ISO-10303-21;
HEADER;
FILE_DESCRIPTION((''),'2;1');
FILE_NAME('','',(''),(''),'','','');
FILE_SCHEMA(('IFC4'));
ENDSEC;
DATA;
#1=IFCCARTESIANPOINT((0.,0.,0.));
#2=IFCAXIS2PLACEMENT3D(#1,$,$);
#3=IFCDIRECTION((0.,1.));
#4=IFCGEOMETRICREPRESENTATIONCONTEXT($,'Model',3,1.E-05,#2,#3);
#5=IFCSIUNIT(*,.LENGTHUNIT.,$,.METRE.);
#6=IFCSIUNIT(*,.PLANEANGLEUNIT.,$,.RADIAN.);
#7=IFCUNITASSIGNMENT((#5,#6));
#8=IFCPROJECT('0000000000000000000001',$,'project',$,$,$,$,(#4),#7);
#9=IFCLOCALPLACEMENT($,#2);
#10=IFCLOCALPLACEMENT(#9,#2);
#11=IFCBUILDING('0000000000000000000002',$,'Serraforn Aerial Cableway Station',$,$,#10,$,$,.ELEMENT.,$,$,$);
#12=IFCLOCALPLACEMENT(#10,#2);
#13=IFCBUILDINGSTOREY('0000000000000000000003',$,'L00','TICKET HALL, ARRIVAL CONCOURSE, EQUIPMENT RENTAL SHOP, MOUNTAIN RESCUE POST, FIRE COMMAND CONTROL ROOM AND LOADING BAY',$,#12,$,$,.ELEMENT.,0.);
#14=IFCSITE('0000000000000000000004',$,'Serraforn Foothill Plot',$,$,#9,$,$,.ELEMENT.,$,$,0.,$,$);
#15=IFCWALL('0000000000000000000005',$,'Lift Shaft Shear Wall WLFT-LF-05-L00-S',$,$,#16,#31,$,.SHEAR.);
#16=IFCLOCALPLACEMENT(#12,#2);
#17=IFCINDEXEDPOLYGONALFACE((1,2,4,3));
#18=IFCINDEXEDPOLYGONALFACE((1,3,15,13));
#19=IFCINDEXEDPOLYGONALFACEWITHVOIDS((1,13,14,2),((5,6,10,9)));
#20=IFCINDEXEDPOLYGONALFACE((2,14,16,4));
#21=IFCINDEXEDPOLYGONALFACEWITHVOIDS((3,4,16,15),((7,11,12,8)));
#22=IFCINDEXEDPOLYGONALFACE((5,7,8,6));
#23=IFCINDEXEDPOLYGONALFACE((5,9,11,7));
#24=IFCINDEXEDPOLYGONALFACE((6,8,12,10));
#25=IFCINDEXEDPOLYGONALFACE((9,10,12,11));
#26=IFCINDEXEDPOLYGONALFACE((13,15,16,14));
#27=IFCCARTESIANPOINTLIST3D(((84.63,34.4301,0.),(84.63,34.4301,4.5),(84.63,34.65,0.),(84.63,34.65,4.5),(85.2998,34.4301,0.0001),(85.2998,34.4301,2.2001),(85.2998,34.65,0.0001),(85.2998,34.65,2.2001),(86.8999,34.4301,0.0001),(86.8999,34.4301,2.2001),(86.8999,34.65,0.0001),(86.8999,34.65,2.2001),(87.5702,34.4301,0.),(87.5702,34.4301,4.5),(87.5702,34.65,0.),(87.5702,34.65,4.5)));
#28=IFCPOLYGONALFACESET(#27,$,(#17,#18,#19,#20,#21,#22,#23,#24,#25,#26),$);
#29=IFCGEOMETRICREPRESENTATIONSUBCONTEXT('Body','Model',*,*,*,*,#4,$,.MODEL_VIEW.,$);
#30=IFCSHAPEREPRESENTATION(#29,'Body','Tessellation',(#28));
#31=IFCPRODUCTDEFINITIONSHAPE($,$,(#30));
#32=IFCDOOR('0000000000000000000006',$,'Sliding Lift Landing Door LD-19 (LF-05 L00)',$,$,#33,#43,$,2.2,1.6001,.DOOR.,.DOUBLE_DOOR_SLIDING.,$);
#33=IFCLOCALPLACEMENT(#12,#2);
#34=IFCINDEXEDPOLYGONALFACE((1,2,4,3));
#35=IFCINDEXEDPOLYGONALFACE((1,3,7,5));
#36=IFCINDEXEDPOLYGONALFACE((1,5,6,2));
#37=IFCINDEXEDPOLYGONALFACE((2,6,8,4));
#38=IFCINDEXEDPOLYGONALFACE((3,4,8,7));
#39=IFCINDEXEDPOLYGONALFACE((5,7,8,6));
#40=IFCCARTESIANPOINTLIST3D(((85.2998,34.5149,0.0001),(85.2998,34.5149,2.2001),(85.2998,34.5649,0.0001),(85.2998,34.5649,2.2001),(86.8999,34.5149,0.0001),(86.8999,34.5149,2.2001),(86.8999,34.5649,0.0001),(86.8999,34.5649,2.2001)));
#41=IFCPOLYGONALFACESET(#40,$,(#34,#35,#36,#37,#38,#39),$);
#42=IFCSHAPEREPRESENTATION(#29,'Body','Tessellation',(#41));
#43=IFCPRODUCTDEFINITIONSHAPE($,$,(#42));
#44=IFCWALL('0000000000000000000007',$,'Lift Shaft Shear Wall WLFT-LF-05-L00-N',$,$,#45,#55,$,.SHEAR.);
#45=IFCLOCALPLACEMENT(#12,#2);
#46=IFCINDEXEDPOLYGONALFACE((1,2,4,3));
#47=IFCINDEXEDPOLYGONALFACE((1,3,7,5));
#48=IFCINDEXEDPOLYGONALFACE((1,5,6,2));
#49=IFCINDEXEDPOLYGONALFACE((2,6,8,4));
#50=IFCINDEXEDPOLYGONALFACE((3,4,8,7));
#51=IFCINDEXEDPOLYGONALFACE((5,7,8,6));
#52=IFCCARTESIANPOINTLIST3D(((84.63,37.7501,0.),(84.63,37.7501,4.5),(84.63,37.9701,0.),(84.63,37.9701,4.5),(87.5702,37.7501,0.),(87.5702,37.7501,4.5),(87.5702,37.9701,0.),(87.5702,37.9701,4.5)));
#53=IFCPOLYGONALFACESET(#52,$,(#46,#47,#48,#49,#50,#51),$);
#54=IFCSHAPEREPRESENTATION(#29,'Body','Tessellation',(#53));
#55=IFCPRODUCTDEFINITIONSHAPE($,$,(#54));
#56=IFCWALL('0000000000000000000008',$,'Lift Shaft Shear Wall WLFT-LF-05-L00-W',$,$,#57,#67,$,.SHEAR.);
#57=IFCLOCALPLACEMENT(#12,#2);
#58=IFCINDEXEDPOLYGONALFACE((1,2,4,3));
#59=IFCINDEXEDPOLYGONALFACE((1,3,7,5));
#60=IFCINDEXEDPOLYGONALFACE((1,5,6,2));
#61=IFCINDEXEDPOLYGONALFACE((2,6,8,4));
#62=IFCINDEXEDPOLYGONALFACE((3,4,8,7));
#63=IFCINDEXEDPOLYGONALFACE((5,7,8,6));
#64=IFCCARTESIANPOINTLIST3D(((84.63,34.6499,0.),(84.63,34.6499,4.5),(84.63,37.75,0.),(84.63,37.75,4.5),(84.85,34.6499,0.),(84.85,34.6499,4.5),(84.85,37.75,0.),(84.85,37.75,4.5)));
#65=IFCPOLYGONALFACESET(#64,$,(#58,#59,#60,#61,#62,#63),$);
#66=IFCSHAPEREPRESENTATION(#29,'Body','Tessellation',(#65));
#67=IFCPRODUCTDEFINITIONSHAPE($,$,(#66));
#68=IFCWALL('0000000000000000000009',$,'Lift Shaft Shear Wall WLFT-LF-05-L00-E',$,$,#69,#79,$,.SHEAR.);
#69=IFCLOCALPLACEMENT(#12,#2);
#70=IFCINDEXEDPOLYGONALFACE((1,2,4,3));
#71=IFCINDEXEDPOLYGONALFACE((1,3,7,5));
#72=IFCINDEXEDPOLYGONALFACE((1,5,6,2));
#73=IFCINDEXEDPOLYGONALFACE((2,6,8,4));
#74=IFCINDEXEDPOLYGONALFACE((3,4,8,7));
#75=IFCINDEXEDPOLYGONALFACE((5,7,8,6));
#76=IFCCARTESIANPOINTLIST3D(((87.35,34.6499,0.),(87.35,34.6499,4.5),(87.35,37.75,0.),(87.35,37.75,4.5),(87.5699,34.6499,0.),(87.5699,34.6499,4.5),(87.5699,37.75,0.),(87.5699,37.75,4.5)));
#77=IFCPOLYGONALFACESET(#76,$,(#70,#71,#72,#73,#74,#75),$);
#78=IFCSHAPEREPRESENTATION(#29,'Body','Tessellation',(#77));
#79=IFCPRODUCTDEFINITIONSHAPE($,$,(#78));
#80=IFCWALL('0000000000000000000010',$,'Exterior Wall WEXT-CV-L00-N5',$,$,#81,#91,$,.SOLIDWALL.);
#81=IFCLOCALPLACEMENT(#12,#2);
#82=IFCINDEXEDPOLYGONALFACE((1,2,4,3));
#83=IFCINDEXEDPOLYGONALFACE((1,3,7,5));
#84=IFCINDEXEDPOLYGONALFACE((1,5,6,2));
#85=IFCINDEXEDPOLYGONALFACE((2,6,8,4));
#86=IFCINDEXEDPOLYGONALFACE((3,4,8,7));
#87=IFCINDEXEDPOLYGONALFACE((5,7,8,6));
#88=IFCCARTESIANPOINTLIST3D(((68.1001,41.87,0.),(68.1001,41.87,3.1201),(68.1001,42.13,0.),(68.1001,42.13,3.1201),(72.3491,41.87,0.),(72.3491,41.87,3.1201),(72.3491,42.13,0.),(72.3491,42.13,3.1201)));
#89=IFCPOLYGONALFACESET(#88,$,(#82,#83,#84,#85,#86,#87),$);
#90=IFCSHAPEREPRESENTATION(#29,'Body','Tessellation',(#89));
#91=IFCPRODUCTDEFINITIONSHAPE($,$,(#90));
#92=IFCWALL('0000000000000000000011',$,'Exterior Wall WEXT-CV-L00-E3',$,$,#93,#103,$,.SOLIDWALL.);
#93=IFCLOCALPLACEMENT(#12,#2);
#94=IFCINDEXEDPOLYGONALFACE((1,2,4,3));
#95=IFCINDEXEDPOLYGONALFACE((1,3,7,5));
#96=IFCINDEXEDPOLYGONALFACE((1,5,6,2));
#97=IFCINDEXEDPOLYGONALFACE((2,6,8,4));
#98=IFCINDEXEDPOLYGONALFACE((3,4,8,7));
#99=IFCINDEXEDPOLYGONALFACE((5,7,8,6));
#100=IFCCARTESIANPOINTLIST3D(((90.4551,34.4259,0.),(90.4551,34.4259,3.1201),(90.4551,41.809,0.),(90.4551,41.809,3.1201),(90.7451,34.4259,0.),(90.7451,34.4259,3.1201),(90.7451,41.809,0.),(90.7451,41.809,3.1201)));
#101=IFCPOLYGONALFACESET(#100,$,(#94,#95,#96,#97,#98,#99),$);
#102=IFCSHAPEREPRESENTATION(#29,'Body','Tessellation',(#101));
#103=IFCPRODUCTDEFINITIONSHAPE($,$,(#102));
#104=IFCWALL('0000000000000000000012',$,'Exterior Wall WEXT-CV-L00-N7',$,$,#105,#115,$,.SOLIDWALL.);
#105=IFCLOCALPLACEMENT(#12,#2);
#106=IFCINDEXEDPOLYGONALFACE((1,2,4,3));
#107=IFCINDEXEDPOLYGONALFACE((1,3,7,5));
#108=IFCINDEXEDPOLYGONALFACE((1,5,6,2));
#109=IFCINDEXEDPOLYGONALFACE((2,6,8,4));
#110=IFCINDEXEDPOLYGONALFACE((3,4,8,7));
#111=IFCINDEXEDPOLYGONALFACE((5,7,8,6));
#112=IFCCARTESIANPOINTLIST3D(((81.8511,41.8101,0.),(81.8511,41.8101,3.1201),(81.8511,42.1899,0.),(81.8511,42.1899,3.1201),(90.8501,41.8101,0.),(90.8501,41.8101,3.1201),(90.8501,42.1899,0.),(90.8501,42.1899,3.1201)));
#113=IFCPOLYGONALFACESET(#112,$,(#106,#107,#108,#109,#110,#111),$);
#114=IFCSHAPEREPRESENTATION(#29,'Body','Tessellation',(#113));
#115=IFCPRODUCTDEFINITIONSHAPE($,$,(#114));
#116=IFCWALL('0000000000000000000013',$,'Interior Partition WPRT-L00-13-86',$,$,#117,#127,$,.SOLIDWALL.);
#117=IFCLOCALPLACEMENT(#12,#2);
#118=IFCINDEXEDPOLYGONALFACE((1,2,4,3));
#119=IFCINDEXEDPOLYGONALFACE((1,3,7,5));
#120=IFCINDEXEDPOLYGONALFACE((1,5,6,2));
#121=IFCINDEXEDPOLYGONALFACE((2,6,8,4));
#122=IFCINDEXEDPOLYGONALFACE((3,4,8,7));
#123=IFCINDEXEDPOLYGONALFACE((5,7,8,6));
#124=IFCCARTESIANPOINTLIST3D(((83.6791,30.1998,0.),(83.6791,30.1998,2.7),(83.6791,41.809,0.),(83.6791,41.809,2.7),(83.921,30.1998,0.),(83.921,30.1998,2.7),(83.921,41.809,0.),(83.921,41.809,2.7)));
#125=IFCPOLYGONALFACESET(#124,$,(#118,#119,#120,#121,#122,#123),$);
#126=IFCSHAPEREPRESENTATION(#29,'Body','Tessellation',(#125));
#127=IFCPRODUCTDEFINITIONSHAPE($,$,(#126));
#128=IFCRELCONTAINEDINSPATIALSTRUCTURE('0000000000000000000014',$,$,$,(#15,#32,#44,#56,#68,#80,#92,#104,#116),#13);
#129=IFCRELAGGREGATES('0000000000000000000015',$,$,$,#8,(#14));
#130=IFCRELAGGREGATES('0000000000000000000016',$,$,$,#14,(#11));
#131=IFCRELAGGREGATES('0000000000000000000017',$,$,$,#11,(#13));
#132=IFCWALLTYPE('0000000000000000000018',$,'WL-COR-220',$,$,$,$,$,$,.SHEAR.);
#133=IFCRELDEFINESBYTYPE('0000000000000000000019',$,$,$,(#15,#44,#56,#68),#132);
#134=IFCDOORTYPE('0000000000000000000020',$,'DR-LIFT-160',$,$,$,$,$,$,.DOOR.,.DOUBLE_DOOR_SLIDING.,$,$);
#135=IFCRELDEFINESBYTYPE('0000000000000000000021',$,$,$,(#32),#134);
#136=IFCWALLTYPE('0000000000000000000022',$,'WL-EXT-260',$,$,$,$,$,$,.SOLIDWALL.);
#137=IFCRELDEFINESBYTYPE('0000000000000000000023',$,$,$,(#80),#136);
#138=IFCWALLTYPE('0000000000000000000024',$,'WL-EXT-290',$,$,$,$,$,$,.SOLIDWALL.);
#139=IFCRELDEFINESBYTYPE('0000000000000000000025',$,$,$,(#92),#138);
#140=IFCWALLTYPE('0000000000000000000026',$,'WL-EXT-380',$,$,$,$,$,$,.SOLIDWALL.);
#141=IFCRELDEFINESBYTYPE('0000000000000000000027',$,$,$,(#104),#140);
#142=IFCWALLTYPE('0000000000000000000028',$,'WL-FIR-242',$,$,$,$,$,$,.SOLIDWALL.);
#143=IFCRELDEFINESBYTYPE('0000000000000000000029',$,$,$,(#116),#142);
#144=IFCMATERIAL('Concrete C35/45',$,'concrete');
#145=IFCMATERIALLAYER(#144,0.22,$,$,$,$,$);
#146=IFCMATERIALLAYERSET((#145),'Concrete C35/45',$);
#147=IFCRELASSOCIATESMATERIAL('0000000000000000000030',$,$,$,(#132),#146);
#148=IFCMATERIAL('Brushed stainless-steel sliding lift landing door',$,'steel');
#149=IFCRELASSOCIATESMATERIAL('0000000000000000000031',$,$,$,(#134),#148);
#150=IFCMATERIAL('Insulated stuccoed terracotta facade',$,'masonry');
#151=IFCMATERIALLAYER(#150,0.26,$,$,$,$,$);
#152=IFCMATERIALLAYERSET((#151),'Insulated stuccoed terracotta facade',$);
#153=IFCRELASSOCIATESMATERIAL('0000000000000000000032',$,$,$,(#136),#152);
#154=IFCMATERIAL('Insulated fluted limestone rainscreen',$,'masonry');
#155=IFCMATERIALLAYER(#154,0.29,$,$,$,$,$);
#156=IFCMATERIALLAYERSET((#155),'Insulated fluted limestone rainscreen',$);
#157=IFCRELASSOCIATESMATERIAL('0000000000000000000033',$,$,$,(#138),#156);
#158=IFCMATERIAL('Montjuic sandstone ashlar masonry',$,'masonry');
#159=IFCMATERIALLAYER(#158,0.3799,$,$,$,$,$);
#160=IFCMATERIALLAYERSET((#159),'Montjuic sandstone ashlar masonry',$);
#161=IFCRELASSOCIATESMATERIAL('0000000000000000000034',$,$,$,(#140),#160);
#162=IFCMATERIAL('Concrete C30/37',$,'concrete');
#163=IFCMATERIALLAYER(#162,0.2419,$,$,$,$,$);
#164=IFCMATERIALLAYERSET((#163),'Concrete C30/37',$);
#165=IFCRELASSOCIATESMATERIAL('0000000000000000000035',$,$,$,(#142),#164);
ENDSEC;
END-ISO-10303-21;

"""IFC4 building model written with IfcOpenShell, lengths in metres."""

from ifc_helpers import new_model, si_unit, direction, frame, frame_2d, origin, place, context, subcontext, project, spatial, rectangle, extrude, material, layer, layer_set, type_object, element, fill, save


model = new_model("IFC4")

# Units and contexts
model_context = context("Model", 3, precision=1e-05, world=origin(), true_north=direction((0.0, 1.0)))
body_context = subcontext(model_context, "Body", "Model", "MODEL_VIEW")
ifc_project = project(units=[si_unit("LENGTHUNIT", "METRE"), si_unit("PLANEANGLEUNIT", "RADIAN")], contexts=[model_context])

# Site, building, storey
site_placement = place(None, origin())
site = spatial("IfcSite", under=ifc_project, at=site_placement, Name="Serraforn Foothill Plot", CompositionType="ELEMENT", RefElevation=0.0)
building_placement = place(site_placement, origin())
building = spatial("IfcBuilding", under=site, at=building_placement, Name="Serraforn Aerial Cableway Station", CompositionType="ELEMENT")
storey_placement = place(building_placement, origin())
storey = spatial("IfcBuildingStorey", under=building, at=storey_placement, Name="L00", Description="TICKET HALL, ARRIVAL CONCOURSE, EQUIPMENT RENTAL SHOP, MOUNTAIN RESCUE POST, FIRE COMMAND CONTROL ROOM AND LOADING BAY", CompositionType="ELEMENT", Elevation=0.0)

# Shared definitions
ifc_material_1 = material(Name="Concrete C35/45", Category="concrete")

# Wall, opening, door
ifc_layer_1 = layer(ifc_material_1, 0.22)
ifc_layer_set_1 = layer_set([ifc_layer_1], Name="Concrete C35/45")
wall_type_1 = type_object("IfcWallType", Name="WL-COR-220", PredefinedType="SHEAR", material=ifc_layer_set_1)
wall_1_placement = place(storey_placement, frame((84.6299, 34.54, 0.0), z_axis=(0.0, 0.0, 1.0), x_axis=(1.0, 0.0, 0.0)))
wall_1 = element("IfcWall", 1, at=wall_1_placement, inside=storey, type_object=wall_type_1, Name="Lift Shaft Shear Wall WLFT-LF-05-L00-S", PredefinedType="SHEAR", context=body_context, shape_type="SweptSolid", body=[
    extrude(rectangle(XDim=2.9402, YDim=0.22, at=frame_2d((1.4702, 0.0))), origin(), (0.0, 0.0, 1.0), 4.5),
])
opening_1_placement = place(wall_1_placement, frame((0.6699, 0.0, 0.0)))
opening_1 = element("IfcOpeningElement", 2, at=opening_1_placement, cuts=wall_1, PredefinedType="OPENING", context=body_context, shape_type="SweptSolid", body=[
    extrude(rectangle(XDim=1.6001, YDim=2.2, at=frame_2d((0.8, 1.1001))), frame((0.0, 0.1199, 0.0), z_axis=(0.0, -1.0, 0.0), x_axis=(1.0, 0.0, 0.0)), (0.0, 0.0, 1.0), 0.24),
])
ifc_material_2 = material(Name="Brushed stainless-steel sliding lift landing door", Category="steel")
door_type_1 = type_object("IfcDoorType", Name="DR-LIFT-160", OperationType="DOUBLE_DOOR_SLIDING", PredefinedType="DOOR", material=ifc_material_2)
door_1_placement = place(opening_1_placement, origin())
door_1 = element("IfcDoor", 3, at=door_1_placement, inside=storey, type_object=door_type_1, Name="Sliding Lift Landing Door LD-19 (LF-05 L00)", OperationType="DOUBLE_DOOR_SLIDING", OverallHeight=2.2, OverallWidth=1.6001, PredefinedType="DOOR", context=body_context, shape_type="SweptSolid", body=[
    extrude(rectangle(XDim=1.6001, YDim=2.2, at=frame_2d((0.8, 1.1001))), frame((0.0, 0.0249, 0.0), z_axis=(0.0, -1.0, 0.0), x_axis=(1.0, 0.0, 0.0)), (0.0, 0.0, 1.0), 0.05),
])
fill(opening_1, door_1)

# Walls
wall_2_placement = place(storey_placement, frame((84.6299, 37.8601, 0.0), z_axis=(0.0, 0.0, 1.0), x_axis=(1.0, 0.0, 0.0)))
element("IfcWall", 4, at=wall_2_placement, inside=storey, type_object=wall_type_1, Name="Lift Shaft Shear Wall WLFT-LF-05-L00-N", PredefinedType="SHEAR", context=body_context, shape_type="SweptSolid", body=[
    extrude(rectangle(XDim=2.9402, YDim=0.22, at=frame_2d((1.4702, 0.0))), origin(), (0.0, 0.0, 1.0), 4.5),
])
for number, where, z_axis, x_axis, name in (
    (5, (84.74, 34.6499, 0.0), (0.0, 0.0, 1.0), (0.0, 1.0, 0.0), "Lift Shaft Shear Wall WLFT-LF-05-L00-W"),
    (6, (87.46, 34.6499, 0.0), (0.0, 0.0, 1.0), (0.0, 1.0, 0.0), "Lift Shaft Shear Wall WLFT-LF-05-L00-E"),
):
    element("IfcWall", number, at=place(storey_placement, frame(where, z_axis=z_axis, x_axis=x_axis)), inside=storey, type_object=wall_type_1, Name=name, PredefinedType="SHEAR", context=body_context, shape_type="SweptSolid", body=[
        extrude(rectangle(XDim=3.1001, YDim=0.22, at=frame_2d((1.55, 0.0))), origin(), (0.0, 0.0, 1.0), 4.5),
    ])
ifc_material_3 = material(Name="Insulated stuccoed terracotta facade", Category="masonry")
ifc_layer_2 = layer(ifc_material_3, 0.26)
ifc_layer_set_2 = layer_set([ifc_layer_2], Name="Insulated stuccoed terracotta facade")
wall_type_2 = type_object("IfcWallType", Name="WL-EXT-260", PredefinedType="SOLIDWALL", material=ifc_layer_set_2)
wall_3_placement = place(storey_placement, frame((72.3491, 42.0, 0.0), z_axis=(0.0, 0.0, 1.0), x_axis=(-1.0, 0.0, 0.0)))
element("IfcWall", 7, at=wall_3_placement, inside=storey, type_object=wall_type_2, Name="Exterior Wall WEXT-CV-L00-N5", PredefinedType="SOLIDWALL", context=body_context, shape_type="SweptSolid", body=[
    extrude(rectangle(XDim=4.249, YDim=0.26, at=frame_2d((2.1245, 0.0))), origin(), (0.0, 0.0, 1.0), 3.1201),
])
ifc_material_4 = material(Name="Insulated fluted limestone rainscreen", Category="masonry")
ifc_layer_3 = layer(ifc_material_4, 0.29)
ifc_layer_set_3 = layer_set([ifc_layer_3], Name="Insulated fluted limestone rainscreen")
wall_type_3 = type_object("IfcWallType", Name="WL-EXT-290", PredefinedType="SOLIDWALL", material=ifc_layer_set_3)
wall_4_placement = place(storey_placement, frame((90.6001, 34.426, 0.0), z_axis=(0.0, 0.0, 1.0), x_axis=(0.0, 1.0, 0.0)))
element("IfcWall", 8, at=wall_4_placement, inside=storey, type_object=wall_type_3, Name="Exterior Wall WEXT-CV-L00-E3", PredefinedType="SOLIDWALL", context=body_context, shape_type="SweptSolid", body=[
    extrude(rectangle(XDim=7.3831, YDim=0.29, at=frame_2d((3.6914, 0.0))), origin(), (0.0, 0.0, 1.0), 3.1201),
])
ifc_material_5 = material(Name="Montjuic sandstone ashlar masonry", Category="masonry")
ifc_layer_4 = layer(ifc_material_5, 0.3799)
ifc_layer_set_4 = layer_set([ifc_layer_4], Name="Montjuic sandstone ashlar masonry")
wall_type_4 = type_object("IfcWallType", Name="WL-EXT-380", PredefinedType="SOLIDWALL", material=ifc_layer_set_4)
wall_5_placement = place(storey_placement, frame((90.8501, 42.0, 0.0), z_axis=(0.0, 0.0, 1.0), x_axis=(-1.0, 0.0, 0.0)))
element("IfcWall", 9, at=wall_5_placement, inside=storey, type_object=wall_type_4, Name="Exterior Wall WEXT-CV-L00-N7", PredefinedType="SOLIDWALL", context=body_context, shape_type="SweptSolid", body=[
    extrude(rectangle(XDim=8.999, YDim=0.3799, at=frame_2d((4.4995, 0.0))), origin(), (0.0, 0.0, 1.0), 3.1201),
])

# Wall
ifc_material_6 = material(Name="Concrete C30/37", Category="concrete")
ifc_layer_5 = layer(ifc_material_6, 0.2419)
ifc_layer_set_5 = layer_set([ifc_layer_5], Name="Concrete C30/37")
wall_type_5 = type_object("IfcWallType", Name="WL-FIR-242", PredefinedType="SOLIDWALL", material=ifc_layer_set_5)
wall_6_placement = place(storey_placement, frame((83.8, 41.8091, 0.0), z_axis=(0.0, 0.0, 1.0), x_axis=(0.0, -1.0, 0.0)))
element("IfcWall", 10, at=wall_6_placement, inside=storey, type_object=wall_type_5, Name="Interior Partition WPRT-L00-13-86", PredefinedType="SOLIDWALL", context=body_context, shape_type="SweptSolid", body=[
    extrude(rectangle(XDim=11.6091, YDim=0.2419, at=frame_2d((5.8047, 0.0))), origin(), (0.0, 0.0, 1.0), 2.7),
])

save(model, "model.ifc")
